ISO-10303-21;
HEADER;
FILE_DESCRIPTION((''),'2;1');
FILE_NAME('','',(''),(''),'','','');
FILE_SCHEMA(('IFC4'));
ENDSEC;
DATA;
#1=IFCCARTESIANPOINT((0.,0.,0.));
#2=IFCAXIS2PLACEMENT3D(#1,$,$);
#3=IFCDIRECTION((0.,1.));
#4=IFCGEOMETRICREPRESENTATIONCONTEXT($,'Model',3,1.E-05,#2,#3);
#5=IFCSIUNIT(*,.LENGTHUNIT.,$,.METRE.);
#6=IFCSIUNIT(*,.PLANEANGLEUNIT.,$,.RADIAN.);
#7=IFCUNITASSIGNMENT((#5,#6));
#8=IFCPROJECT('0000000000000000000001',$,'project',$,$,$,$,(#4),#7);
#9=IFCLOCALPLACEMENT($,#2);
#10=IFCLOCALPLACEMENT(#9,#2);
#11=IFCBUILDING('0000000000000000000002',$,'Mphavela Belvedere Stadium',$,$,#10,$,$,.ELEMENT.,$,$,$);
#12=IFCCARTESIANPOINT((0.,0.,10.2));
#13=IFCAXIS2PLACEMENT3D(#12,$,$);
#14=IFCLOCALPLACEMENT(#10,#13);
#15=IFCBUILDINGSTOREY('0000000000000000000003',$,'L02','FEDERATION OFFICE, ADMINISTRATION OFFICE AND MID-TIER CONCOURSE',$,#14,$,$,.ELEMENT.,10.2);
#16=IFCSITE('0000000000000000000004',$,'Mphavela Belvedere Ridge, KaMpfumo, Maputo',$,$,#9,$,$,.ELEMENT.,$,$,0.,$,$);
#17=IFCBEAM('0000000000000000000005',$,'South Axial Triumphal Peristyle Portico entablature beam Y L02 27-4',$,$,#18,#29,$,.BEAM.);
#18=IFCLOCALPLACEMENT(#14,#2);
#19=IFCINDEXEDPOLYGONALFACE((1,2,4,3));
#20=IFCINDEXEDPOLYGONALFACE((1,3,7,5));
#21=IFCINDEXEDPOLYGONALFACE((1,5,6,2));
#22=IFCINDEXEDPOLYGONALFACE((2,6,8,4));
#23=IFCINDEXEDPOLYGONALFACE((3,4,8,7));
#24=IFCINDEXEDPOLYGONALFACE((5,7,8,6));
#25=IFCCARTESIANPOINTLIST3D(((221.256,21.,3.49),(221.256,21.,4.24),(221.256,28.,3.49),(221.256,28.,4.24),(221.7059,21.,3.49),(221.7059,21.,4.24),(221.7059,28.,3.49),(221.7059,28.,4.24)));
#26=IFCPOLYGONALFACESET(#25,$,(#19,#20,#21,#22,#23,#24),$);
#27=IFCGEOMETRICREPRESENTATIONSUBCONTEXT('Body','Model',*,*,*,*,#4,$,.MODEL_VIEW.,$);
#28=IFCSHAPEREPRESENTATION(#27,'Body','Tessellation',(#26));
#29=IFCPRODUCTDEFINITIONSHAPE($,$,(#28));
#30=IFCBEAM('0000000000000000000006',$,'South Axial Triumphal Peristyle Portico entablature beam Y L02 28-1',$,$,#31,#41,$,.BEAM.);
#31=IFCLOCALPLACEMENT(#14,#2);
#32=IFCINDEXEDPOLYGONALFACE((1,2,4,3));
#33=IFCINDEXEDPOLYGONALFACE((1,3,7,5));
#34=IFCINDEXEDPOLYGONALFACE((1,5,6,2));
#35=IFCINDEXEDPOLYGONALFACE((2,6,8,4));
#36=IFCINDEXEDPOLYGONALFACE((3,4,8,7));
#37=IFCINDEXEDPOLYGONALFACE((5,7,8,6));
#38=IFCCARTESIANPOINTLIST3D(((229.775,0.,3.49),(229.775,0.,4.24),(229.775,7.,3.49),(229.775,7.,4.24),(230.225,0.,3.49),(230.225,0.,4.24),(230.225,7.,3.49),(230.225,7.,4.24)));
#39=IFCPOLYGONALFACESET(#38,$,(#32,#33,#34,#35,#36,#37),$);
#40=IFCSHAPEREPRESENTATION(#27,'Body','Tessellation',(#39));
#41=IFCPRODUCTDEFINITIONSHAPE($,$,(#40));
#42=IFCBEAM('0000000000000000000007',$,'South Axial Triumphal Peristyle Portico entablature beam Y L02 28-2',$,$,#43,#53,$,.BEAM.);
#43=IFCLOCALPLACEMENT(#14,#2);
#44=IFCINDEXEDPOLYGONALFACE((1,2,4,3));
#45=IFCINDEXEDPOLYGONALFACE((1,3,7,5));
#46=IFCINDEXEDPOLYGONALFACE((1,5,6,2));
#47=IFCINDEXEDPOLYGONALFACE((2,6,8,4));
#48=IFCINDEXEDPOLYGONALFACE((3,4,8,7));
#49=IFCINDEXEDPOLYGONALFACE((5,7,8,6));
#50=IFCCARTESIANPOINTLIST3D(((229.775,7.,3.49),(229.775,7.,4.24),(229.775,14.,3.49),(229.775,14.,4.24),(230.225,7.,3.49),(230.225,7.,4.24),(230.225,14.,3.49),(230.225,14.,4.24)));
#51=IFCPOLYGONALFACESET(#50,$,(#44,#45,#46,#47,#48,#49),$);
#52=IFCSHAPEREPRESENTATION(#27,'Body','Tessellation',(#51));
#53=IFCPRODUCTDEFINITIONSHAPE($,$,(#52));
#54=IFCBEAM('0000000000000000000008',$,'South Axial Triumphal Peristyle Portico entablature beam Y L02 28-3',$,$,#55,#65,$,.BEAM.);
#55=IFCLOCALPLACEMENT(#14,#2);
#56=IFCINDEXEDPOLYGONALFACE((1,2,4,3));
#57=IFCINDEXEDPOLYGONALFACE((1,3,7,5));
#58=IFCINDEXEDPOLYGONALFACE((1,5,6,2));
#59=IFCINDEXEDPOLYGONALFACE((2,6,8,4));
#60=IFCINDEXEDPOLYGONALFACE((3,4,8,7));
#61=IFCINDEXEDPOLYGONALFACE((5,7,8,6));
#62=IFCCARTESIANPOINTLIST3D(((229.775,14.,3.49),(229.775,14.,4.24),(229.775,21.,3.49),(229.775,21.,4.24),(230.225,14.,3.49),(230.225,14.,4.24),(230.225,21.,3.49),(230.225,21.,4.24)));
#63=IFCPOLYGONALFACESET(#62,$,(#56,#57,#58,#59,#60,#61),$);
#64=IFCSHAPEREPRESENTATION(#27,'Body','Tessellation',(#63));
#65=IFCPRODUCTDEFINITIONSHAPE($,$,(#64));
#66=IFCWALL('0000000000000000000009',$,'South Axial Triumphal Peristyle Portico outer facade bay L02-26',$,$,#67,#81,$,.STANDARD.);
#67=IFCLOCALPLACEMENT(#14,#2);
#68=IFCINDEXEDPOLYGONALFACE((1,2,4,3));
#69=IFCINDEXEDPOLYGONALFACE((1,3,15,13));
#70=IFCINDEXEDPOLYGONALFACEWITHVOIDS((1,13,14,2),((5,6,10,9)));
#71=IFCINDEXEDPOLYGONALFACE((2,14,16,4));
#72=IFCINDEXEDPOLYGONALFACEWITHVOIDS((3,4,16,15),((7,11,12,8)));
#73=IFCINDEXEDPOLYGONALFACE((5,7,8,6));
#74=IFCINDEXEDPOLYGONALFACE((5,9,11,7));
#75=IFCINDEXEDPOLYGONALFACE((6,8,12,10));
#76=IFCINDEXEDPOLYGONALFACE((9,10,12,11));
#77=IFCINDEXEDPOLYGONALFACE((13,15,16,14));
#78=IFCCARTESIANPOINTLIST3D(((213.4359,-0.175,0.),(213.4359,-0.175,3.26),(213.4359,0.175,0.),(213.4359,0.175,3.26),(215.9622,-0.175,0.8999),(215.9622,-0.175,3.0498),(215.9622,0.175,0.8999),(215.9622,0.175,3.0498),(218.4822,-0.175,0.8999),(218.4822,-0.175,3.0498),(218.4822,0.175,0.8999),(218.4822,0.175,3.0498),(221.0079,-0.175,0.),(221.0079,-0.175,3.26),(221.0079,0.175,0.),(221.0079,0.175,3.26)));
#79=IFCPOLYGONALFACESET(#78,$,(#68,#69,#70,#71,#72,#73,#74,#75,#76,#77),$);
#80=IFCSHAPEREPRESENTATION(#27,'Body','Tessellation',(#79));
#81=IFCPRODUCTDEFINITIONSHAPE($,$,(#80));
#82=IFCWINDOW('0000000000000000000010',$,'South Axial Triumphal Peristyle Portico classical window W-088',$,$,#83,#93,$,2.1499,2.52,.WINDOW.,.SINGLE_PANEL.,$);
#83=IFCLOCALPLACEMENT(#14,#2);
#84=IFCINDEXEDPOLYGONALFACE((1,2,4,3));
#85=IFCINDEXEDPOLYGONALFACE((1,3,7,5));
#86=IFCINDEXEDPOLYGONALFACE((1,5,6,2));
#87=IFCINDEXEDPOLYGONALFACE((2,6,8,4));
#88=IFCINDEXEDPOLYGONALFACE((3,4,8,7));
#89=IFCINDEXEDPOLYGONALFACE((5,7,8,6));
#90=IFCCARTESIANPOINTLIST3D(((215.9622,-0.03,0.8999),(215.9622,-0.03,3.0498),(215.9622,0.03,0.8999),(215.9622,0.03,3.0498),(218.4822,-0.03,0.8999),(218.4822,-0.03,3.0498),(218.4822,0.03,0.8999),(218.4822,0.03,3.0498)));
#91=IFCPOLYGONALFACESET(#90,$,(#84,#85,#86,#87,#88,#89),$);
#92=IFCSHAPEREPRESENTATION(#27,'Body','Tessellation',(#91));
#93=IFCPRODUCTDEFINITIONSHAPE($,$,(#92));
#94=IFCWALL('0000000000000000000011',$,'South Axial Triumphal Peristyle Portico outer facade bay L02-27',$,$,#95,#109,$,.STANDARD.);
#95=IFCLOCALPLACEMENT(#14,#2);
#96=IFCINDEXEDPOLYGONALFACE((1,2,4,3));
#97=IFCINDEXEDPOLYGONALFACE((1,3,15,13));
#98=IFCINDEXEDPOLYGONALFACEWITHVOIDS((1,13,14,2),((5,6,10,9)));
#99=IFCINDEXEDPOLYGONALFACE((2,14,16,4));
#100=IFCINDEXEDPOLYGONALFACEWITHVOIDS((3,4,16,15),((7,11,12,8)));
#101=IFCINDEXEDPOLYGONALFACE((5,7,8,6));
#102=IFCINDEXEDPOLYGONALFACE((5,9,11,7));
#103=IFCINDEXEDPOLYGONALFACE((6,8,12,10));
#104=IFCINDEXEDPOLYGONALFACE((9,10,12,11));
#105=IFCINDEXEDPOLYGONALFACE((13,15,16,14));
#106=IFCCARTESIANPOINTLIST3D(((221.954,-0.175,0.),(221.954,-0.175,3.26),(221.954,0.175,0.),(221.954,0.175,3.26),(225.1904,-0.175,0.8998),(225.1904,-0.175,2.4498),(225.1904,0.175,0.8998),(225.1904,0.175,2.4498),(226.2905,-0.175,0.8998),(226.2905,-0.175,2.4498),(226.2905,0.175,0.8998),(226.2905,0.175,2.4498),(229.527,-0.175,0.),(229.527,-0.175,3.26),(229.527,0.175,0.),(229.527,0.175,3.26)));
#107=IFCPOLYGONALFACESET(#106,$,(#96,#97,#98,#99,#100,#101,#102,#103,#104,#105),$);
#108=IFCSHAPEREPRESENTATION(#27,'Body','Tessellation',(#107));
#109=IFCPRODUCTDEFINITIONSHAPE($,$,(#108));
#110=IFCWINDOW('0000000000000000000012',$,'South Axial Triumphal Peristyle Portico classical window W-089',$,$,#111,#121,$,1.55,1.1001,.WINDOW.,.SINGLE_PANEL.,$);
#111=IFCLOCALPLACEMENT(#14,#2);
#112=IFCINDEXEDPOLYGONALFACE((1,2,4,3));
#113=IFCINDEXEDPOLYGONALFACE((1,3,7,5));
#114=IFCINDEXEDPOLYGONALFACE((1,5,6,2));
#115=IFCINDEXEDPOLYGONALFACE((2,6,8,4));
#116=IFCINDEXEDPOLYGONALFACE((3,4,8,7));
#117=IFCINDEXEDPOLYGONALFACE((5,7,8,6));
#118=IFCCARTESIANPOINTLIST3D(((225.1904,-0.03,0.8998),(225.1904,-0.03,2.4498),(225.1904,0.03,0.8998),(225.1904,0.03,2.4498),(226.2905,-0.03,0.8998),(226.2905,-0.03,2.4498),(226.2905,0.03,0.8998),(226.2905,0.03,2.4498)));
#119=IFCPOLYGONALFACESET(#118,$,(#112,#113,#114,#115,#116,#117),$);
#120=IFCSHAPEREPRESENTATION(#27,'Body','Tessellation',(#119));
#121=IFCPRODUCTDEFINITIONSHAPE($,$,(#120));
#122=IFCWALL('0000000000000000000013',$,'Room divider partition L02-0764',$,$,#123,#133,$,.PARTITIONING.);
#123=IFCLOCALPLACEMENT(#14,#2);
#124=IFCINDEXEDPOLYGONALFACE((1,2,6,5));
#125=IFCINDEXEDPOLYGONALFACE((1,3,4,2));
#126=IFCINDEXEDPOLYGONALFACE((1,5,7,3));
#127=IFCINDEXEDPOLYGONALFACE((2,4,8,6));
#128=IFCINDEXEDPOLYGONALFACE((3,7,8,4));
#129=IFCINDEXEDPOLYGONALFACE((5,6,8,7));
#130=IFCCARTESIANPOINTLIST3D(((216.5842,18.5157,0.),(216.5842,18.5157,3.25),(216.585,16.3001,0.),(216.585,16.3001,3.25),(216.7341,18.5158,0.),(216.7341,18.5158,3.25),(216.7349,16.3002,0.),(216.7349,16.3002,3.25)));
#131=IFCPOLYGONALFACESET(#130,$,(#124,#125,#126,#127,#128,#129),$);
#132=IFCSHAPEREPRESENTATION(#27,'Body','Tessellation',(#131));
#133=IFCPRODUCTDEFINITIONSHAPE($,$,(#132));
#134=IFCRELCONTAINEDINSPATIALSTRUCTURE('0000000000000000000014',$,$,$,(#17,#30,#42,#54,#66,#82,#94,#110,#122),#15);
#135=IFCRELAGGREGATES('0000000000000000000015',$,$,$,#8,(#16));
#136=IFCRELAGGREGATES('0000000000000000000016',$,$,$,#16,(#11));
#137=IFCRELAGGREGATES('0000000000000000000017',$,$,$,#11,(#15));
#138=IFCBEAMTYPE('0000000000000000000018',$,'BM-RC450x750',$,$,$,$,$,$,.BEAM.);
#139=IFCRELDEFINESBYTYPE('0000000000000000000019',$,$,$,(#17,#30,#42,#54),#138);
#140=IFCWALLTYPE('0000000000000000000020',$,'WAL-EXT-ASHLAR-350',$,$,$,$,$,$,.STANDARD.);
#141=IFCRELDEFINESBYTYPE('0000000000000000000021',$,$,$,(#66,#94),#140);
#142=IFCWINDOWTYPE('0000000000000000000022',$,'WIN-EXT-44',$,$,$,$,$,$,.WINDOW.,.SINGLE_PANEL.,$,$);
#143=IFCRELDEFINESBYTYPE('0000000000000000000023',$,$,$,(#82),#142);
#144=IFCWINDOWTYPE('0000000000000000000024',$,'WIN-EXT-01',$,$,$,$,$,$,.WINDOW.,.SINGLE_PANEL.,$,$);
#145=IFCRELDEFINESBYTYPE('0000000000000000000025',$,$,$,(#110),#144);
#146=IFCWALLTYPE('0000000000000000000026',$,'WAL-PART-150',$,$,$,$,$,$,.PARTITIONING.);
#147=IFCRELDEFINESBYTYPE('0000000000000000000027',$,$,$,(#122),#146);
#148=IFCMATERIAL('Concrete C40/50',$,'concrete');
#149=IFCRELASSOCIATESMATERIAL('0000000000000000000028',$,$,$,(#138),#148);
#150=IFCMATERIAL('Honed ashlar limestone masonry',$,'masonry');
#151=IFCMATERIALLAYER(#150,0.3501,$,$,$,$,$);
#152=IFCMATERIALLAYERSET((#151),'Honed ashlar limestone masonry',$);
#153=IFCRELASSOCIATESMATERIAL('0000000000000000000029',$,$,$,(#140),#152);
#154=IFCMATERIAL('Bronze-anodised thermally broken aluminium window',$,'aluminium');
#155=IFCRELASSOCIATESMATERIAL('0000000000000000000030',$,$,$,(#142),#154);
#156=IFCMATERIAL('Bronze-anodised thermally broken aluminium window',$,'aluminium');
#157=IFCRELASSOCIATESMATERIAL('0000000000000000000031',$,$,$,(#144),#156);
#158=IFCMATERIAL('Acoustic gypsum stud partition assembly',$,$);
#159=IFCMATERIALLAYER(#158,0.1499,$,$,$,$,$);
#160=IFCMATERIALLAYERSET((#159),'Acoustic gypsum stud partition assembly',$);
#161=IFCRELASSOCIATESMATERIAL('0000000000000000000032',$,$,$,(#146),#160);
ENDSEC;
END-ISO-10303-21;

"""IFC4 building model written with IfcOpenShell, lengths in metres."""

from ifc_helpers import new_model, si_unit, direction, frame, frame_2d, origin, origin_2d, place, context, subcontext, project, spatial, rectangle, extrude, material, layer, layer_set, material_profile, profile_set, type_object, element, fill, save


model = new_model("IFC4")

# Units and contexts
model_context = context("Model", 3, precision=1e-05, world=origin(), true_north=direction((0.0, 1.0)))
body_context = subcontext(model_context, "Body", "Model", "MODEL_VIEW")
ifc_project = project(units=[si_unit("LENGTHUNIT", "METRE"), si_unit("PLANEANGLEUNIT", "RADIAN")], contexts=[model_context])

# Site, building, storey
site_placement = place(None, origin())
site = spatial("IfcSite", under=ifc_project, at=site_placement, Name="Mphavela Belvedere Ridge, KaMpfumo, Maputo", CompositionType="ELEMENT", RefElevation=0.0)
building_placement = place(site_placement, origin())
building = spatial("IfcBuilding", under=site, at=building_placement, Name="Mphavela Belvedere Stadium", CompositionType="ELEMENT")
storey_placement = place(building_placement, frame((0.0, 0.0, 10.2)))
storey = spatial("IfcBuildingStorey", under=building, at=storey_placement, Name="L02", Description="FEDERATION OFFICE, ADMINISTRATION OFFICE AND MID-TIER CONCOURSE", CompositionType="ELEMENT", Elevation=10.2)

# Beams
ifc_material_1 = material(Name="Concrete C40/50", Category="concrete")
ifc_material_profile_1 = material_profile(ifc_material_1, rectangle(XDim=0.45, YDim=0.75, at=origin_2d()), Name="RC 450x750")
ifc_profile_set_1 = profile_set([ifc_material_profile_1], Name="Concrete C40/50")
beam_type_1 = type_object("IfcBeamType", Name="BM-RC450x750", PredefinedType="BEAM", material=ifc_profile_set_1)
for number, where, z_axis, x_axis, name in (
    (1, (221.481, 21.0, 3.865), (0.0, 1.0, 0.0), (-1.0, 0.0, 0.0), "South Axial Triumphal Peristyle Portico entablature beam Y L02 27-4"),
    (2, (230.0, 0.0, 3.865), (0.0, 1.0, 0.0), (-1.0, 0.0, 0.0), "South Axial Triumphal Peristyle Portico entablature beam Y L02 28-1"),
    (3, (230.0, 7.0, 3.865), (0.0, 1.0, 0.0), (-1.0, 0.0, 0.0), "South Axial Triumphal Peristyle Portico entablature beam Y L02 28-2"),
    (4, (230.0, 14.0, 3.865), (0.0, 1.0, 0.0), (-1.0, 0.0, 0.0), "South Axial Triumphal Peristyle Portico entablature beam Y L02 28-3"),
):
    element("IfcBeam", number, at=place(storey_placement, frame(where, z_axis=z_axis, x_axis=x_axis)), inside=storey, type_object=beam_type_1, Name=name, PredefinedType="BEAM", context=body_context, shape_type="SweptSolid", body=[
        extrude(rectangle(XDim=0.45, YDim=0.75, at=origin_2d()), origin(), (0.0, 0.0, 1.0), 7.0),
    ])

# Walls, openings, windows
ifc_material_2 = material(Name="Honed ashlar limestone masonry", Category="masonry")
ifc_layer_1 = layer(ifc_material_2, 0.3501)
ifc_layer_set_1 = layer_set([ifc_layer_1], Name="Honed ashlar limestone masonry")
wall_type_1 = type_object("IfcWallType", Name="WAL-EXT-ASHLAR-350", PredefinedType="STANDARD", material=ifc_layer_set_1)
wall_1_placement = place(storey_placement, frame((221.0081, 0.0, 0.0), z_axis=(0.0, 0.0, 1.0), x_axis=(-1.0, 0.0, 0.0)))
wall_1 = element("IfcWall", 5, at=wall_1_placement, inside=storey, type_object=wall_type_1, Name="South Axial Triumphal Peristyle Portico outer facade bay L02-26", PredefinedType="STANDARD", context=body_context, shape_type="SweptSolid", body=[
    extrude(rectangle(XDim=7.572, YDim=0.3501, at=frame_2d((3.7861, 0.0))), origin(), (0.0, 0.0, 1.0), 3.26),
])
opening_1_placement = place(wall_1_placement, frame((2.5259, 0.0, 0.8999)))
opening_1 = element("IfcOpeningElement", 6, at=opening_1_placement, cuts=wall_1, PredefinedType="OPENING", context=body_context, shape_type="SweptSolid", body=[
    extrude(rectangle(XDim=2.52, YDim=2.1499, at=frame_2d((1.26, 1.075))), frame((0.0, 0.1851, 0.0), z_axis=(0.0, -1.0, 0.0), x_axis=(1.0, 0.0, 0.0)), (0.0, 0.0, 1.0), 0.3701),
])
ifc_material_3 = material(Name="Bronze-anodised thermally broken aluminium window", Category="aluminium")
window_type_1 = type_object("IfcWindowType", Name="WIN-EXT-44", PartitioningType="SINGLE_PANEL", PredefinedType="WINDOW", material=ifc_material_3)
window_1_placement = place(opening_1_placement, origin())
window_1 = element("IfcWindow", 7, at=window_1_placement, inside=storey, type_object=window_type_1, Name="South Axial Triumphal Peristyle Portico classical window W-088", OverallHeight=2.1499, OverallWidth=2.52, PartitioningType="SINGLE_PANEL", PredefinedType="WINDOW", context=body_context, shape_type="SweptSolid", body=[
    extrude(rectangle(XDim=2.52, YDim=2.1499, at=frame_2d((1.26, 1.075))), frame((0.0, 0.03, 0.0), z_axis=(0.0, -1.0, 0.0), x_axis=(1.0, 0.0, 0.0)), (0.0, 0.0, 1.0), 0.0601),
])
fill(opening_1, window_1)
wall_2_placement = place(storey_placement, frame((229.5271, 0.0, 0.0), z_axis=(0.0, 0.0, 1.0), x_axis=(-1.0, 0.0, 0.0)))
wall_2 = element("IfcWall", 8, at=wall_2_placement, inside=storey, type_object=wall_type_1, Name="South Axial Triumphal Peristyle Portico outer facade bay L02-27", PredefinedType="STANDARD", context=body_context, shape_type="SweptSolid", body=[
    extrude(rectangle(XDim=7.573, YDim=0.3501, at=frame_2d((3.7866, 0.0))), origin(), (0.0, 0.0, 1.0), 3.26),
])
opening_2_placement = place(wall_2_placement, frame((3.2366, 0.0, 0.8999)))
opening_2 = element("IfcOpeningElement", 9, at=opening_2_placement, cuts=wall_2, PredefinedType="OPENING", context=body_context, shape_type="SweptSolid", body=[
    extrude(rectangle(XDim=1.1001, YDim=1.55, at=frame_2d((0.55, 0.7749))), frame((0.0, 0.1851, 0.0), z_axis=(0.0, -1.0, 0.0), x_axis=(1.0, 0.0, 0.0)), (0.0, 0.0, 1.0), 0.3701),
])
ifc_material_4 = material(Name="Bronze-anodised thermally broken aluminium window", Category="aluminium")
window_type_2 = type_object("IfcWindowType", Name="WIN-EXT-01", PartitioningType="SINGLE_PANEL", PredefinedType="WINDOW", material=ifc_material_4)
window_2_placement = place(opening_2_placement, origin())
window_2 = element("IfcWindow", 10, at=window_2_placement, inside=storey, type_object=window_type_2, Name="South Axial Triumphal Peristyle Portico classical window W-089", OverallHeight=1.55, OverallWidth=1.1001, PartitioningType="SINGLE_PANEL", PredefinedType="WINDOW", context=body_context, shape_type="SweptSolid", body=[
    extrude(rectangle(XDim=1.1001, YDim=1.55, at=frame_2d((0.55, 0.7749))), frame((0.0, 0.03, 0.0), z_axis=(0.0, -1.0, 0.0), x_axis=(1.0, 0.0, 0.0)), (0.0, 0.0, 1.0), 0.0601),
])
fill(opening_2, window_2)

# Wall
ifc_material_5 = material(Name="Acoustic gypsum stud partition assembly")
ifc_layer_2 = layer(ifc_material_5, 0.1499)
ifc_layer_set_2 = layer_set([ifc_layer_2], Name="Acoustic gypsum stud partition assembly")
wall_type_2 = type_object("IfcWallType", Name="WAL-PART-150", PredefinedType="PARTITIONING", material=ifc_layer_set_2)
wall_3_placement = place(storey_placement, frame((216.6599, 16.3, 0.0), z_axis=(0.0, 0.0, 1.0), x_axis=(-0.000331, 1.0, 0.0)))
element("IfcWall", 11, at=wall_3_placement, inside=storey, type_object=wall_type_2, Name="Room divider partition L02-0764", PredefinedType="PARTITIONING", context=body_context, shape_type="SweptSolid", body=[
    extrude(rectangle(XDim=2.2156, YDim=0.1499, at=frame_2d((1.1079, 0.0))), origin(), (0.0, 0.0, 1.0), 3.25),
])

save(model, "model.ifc")
